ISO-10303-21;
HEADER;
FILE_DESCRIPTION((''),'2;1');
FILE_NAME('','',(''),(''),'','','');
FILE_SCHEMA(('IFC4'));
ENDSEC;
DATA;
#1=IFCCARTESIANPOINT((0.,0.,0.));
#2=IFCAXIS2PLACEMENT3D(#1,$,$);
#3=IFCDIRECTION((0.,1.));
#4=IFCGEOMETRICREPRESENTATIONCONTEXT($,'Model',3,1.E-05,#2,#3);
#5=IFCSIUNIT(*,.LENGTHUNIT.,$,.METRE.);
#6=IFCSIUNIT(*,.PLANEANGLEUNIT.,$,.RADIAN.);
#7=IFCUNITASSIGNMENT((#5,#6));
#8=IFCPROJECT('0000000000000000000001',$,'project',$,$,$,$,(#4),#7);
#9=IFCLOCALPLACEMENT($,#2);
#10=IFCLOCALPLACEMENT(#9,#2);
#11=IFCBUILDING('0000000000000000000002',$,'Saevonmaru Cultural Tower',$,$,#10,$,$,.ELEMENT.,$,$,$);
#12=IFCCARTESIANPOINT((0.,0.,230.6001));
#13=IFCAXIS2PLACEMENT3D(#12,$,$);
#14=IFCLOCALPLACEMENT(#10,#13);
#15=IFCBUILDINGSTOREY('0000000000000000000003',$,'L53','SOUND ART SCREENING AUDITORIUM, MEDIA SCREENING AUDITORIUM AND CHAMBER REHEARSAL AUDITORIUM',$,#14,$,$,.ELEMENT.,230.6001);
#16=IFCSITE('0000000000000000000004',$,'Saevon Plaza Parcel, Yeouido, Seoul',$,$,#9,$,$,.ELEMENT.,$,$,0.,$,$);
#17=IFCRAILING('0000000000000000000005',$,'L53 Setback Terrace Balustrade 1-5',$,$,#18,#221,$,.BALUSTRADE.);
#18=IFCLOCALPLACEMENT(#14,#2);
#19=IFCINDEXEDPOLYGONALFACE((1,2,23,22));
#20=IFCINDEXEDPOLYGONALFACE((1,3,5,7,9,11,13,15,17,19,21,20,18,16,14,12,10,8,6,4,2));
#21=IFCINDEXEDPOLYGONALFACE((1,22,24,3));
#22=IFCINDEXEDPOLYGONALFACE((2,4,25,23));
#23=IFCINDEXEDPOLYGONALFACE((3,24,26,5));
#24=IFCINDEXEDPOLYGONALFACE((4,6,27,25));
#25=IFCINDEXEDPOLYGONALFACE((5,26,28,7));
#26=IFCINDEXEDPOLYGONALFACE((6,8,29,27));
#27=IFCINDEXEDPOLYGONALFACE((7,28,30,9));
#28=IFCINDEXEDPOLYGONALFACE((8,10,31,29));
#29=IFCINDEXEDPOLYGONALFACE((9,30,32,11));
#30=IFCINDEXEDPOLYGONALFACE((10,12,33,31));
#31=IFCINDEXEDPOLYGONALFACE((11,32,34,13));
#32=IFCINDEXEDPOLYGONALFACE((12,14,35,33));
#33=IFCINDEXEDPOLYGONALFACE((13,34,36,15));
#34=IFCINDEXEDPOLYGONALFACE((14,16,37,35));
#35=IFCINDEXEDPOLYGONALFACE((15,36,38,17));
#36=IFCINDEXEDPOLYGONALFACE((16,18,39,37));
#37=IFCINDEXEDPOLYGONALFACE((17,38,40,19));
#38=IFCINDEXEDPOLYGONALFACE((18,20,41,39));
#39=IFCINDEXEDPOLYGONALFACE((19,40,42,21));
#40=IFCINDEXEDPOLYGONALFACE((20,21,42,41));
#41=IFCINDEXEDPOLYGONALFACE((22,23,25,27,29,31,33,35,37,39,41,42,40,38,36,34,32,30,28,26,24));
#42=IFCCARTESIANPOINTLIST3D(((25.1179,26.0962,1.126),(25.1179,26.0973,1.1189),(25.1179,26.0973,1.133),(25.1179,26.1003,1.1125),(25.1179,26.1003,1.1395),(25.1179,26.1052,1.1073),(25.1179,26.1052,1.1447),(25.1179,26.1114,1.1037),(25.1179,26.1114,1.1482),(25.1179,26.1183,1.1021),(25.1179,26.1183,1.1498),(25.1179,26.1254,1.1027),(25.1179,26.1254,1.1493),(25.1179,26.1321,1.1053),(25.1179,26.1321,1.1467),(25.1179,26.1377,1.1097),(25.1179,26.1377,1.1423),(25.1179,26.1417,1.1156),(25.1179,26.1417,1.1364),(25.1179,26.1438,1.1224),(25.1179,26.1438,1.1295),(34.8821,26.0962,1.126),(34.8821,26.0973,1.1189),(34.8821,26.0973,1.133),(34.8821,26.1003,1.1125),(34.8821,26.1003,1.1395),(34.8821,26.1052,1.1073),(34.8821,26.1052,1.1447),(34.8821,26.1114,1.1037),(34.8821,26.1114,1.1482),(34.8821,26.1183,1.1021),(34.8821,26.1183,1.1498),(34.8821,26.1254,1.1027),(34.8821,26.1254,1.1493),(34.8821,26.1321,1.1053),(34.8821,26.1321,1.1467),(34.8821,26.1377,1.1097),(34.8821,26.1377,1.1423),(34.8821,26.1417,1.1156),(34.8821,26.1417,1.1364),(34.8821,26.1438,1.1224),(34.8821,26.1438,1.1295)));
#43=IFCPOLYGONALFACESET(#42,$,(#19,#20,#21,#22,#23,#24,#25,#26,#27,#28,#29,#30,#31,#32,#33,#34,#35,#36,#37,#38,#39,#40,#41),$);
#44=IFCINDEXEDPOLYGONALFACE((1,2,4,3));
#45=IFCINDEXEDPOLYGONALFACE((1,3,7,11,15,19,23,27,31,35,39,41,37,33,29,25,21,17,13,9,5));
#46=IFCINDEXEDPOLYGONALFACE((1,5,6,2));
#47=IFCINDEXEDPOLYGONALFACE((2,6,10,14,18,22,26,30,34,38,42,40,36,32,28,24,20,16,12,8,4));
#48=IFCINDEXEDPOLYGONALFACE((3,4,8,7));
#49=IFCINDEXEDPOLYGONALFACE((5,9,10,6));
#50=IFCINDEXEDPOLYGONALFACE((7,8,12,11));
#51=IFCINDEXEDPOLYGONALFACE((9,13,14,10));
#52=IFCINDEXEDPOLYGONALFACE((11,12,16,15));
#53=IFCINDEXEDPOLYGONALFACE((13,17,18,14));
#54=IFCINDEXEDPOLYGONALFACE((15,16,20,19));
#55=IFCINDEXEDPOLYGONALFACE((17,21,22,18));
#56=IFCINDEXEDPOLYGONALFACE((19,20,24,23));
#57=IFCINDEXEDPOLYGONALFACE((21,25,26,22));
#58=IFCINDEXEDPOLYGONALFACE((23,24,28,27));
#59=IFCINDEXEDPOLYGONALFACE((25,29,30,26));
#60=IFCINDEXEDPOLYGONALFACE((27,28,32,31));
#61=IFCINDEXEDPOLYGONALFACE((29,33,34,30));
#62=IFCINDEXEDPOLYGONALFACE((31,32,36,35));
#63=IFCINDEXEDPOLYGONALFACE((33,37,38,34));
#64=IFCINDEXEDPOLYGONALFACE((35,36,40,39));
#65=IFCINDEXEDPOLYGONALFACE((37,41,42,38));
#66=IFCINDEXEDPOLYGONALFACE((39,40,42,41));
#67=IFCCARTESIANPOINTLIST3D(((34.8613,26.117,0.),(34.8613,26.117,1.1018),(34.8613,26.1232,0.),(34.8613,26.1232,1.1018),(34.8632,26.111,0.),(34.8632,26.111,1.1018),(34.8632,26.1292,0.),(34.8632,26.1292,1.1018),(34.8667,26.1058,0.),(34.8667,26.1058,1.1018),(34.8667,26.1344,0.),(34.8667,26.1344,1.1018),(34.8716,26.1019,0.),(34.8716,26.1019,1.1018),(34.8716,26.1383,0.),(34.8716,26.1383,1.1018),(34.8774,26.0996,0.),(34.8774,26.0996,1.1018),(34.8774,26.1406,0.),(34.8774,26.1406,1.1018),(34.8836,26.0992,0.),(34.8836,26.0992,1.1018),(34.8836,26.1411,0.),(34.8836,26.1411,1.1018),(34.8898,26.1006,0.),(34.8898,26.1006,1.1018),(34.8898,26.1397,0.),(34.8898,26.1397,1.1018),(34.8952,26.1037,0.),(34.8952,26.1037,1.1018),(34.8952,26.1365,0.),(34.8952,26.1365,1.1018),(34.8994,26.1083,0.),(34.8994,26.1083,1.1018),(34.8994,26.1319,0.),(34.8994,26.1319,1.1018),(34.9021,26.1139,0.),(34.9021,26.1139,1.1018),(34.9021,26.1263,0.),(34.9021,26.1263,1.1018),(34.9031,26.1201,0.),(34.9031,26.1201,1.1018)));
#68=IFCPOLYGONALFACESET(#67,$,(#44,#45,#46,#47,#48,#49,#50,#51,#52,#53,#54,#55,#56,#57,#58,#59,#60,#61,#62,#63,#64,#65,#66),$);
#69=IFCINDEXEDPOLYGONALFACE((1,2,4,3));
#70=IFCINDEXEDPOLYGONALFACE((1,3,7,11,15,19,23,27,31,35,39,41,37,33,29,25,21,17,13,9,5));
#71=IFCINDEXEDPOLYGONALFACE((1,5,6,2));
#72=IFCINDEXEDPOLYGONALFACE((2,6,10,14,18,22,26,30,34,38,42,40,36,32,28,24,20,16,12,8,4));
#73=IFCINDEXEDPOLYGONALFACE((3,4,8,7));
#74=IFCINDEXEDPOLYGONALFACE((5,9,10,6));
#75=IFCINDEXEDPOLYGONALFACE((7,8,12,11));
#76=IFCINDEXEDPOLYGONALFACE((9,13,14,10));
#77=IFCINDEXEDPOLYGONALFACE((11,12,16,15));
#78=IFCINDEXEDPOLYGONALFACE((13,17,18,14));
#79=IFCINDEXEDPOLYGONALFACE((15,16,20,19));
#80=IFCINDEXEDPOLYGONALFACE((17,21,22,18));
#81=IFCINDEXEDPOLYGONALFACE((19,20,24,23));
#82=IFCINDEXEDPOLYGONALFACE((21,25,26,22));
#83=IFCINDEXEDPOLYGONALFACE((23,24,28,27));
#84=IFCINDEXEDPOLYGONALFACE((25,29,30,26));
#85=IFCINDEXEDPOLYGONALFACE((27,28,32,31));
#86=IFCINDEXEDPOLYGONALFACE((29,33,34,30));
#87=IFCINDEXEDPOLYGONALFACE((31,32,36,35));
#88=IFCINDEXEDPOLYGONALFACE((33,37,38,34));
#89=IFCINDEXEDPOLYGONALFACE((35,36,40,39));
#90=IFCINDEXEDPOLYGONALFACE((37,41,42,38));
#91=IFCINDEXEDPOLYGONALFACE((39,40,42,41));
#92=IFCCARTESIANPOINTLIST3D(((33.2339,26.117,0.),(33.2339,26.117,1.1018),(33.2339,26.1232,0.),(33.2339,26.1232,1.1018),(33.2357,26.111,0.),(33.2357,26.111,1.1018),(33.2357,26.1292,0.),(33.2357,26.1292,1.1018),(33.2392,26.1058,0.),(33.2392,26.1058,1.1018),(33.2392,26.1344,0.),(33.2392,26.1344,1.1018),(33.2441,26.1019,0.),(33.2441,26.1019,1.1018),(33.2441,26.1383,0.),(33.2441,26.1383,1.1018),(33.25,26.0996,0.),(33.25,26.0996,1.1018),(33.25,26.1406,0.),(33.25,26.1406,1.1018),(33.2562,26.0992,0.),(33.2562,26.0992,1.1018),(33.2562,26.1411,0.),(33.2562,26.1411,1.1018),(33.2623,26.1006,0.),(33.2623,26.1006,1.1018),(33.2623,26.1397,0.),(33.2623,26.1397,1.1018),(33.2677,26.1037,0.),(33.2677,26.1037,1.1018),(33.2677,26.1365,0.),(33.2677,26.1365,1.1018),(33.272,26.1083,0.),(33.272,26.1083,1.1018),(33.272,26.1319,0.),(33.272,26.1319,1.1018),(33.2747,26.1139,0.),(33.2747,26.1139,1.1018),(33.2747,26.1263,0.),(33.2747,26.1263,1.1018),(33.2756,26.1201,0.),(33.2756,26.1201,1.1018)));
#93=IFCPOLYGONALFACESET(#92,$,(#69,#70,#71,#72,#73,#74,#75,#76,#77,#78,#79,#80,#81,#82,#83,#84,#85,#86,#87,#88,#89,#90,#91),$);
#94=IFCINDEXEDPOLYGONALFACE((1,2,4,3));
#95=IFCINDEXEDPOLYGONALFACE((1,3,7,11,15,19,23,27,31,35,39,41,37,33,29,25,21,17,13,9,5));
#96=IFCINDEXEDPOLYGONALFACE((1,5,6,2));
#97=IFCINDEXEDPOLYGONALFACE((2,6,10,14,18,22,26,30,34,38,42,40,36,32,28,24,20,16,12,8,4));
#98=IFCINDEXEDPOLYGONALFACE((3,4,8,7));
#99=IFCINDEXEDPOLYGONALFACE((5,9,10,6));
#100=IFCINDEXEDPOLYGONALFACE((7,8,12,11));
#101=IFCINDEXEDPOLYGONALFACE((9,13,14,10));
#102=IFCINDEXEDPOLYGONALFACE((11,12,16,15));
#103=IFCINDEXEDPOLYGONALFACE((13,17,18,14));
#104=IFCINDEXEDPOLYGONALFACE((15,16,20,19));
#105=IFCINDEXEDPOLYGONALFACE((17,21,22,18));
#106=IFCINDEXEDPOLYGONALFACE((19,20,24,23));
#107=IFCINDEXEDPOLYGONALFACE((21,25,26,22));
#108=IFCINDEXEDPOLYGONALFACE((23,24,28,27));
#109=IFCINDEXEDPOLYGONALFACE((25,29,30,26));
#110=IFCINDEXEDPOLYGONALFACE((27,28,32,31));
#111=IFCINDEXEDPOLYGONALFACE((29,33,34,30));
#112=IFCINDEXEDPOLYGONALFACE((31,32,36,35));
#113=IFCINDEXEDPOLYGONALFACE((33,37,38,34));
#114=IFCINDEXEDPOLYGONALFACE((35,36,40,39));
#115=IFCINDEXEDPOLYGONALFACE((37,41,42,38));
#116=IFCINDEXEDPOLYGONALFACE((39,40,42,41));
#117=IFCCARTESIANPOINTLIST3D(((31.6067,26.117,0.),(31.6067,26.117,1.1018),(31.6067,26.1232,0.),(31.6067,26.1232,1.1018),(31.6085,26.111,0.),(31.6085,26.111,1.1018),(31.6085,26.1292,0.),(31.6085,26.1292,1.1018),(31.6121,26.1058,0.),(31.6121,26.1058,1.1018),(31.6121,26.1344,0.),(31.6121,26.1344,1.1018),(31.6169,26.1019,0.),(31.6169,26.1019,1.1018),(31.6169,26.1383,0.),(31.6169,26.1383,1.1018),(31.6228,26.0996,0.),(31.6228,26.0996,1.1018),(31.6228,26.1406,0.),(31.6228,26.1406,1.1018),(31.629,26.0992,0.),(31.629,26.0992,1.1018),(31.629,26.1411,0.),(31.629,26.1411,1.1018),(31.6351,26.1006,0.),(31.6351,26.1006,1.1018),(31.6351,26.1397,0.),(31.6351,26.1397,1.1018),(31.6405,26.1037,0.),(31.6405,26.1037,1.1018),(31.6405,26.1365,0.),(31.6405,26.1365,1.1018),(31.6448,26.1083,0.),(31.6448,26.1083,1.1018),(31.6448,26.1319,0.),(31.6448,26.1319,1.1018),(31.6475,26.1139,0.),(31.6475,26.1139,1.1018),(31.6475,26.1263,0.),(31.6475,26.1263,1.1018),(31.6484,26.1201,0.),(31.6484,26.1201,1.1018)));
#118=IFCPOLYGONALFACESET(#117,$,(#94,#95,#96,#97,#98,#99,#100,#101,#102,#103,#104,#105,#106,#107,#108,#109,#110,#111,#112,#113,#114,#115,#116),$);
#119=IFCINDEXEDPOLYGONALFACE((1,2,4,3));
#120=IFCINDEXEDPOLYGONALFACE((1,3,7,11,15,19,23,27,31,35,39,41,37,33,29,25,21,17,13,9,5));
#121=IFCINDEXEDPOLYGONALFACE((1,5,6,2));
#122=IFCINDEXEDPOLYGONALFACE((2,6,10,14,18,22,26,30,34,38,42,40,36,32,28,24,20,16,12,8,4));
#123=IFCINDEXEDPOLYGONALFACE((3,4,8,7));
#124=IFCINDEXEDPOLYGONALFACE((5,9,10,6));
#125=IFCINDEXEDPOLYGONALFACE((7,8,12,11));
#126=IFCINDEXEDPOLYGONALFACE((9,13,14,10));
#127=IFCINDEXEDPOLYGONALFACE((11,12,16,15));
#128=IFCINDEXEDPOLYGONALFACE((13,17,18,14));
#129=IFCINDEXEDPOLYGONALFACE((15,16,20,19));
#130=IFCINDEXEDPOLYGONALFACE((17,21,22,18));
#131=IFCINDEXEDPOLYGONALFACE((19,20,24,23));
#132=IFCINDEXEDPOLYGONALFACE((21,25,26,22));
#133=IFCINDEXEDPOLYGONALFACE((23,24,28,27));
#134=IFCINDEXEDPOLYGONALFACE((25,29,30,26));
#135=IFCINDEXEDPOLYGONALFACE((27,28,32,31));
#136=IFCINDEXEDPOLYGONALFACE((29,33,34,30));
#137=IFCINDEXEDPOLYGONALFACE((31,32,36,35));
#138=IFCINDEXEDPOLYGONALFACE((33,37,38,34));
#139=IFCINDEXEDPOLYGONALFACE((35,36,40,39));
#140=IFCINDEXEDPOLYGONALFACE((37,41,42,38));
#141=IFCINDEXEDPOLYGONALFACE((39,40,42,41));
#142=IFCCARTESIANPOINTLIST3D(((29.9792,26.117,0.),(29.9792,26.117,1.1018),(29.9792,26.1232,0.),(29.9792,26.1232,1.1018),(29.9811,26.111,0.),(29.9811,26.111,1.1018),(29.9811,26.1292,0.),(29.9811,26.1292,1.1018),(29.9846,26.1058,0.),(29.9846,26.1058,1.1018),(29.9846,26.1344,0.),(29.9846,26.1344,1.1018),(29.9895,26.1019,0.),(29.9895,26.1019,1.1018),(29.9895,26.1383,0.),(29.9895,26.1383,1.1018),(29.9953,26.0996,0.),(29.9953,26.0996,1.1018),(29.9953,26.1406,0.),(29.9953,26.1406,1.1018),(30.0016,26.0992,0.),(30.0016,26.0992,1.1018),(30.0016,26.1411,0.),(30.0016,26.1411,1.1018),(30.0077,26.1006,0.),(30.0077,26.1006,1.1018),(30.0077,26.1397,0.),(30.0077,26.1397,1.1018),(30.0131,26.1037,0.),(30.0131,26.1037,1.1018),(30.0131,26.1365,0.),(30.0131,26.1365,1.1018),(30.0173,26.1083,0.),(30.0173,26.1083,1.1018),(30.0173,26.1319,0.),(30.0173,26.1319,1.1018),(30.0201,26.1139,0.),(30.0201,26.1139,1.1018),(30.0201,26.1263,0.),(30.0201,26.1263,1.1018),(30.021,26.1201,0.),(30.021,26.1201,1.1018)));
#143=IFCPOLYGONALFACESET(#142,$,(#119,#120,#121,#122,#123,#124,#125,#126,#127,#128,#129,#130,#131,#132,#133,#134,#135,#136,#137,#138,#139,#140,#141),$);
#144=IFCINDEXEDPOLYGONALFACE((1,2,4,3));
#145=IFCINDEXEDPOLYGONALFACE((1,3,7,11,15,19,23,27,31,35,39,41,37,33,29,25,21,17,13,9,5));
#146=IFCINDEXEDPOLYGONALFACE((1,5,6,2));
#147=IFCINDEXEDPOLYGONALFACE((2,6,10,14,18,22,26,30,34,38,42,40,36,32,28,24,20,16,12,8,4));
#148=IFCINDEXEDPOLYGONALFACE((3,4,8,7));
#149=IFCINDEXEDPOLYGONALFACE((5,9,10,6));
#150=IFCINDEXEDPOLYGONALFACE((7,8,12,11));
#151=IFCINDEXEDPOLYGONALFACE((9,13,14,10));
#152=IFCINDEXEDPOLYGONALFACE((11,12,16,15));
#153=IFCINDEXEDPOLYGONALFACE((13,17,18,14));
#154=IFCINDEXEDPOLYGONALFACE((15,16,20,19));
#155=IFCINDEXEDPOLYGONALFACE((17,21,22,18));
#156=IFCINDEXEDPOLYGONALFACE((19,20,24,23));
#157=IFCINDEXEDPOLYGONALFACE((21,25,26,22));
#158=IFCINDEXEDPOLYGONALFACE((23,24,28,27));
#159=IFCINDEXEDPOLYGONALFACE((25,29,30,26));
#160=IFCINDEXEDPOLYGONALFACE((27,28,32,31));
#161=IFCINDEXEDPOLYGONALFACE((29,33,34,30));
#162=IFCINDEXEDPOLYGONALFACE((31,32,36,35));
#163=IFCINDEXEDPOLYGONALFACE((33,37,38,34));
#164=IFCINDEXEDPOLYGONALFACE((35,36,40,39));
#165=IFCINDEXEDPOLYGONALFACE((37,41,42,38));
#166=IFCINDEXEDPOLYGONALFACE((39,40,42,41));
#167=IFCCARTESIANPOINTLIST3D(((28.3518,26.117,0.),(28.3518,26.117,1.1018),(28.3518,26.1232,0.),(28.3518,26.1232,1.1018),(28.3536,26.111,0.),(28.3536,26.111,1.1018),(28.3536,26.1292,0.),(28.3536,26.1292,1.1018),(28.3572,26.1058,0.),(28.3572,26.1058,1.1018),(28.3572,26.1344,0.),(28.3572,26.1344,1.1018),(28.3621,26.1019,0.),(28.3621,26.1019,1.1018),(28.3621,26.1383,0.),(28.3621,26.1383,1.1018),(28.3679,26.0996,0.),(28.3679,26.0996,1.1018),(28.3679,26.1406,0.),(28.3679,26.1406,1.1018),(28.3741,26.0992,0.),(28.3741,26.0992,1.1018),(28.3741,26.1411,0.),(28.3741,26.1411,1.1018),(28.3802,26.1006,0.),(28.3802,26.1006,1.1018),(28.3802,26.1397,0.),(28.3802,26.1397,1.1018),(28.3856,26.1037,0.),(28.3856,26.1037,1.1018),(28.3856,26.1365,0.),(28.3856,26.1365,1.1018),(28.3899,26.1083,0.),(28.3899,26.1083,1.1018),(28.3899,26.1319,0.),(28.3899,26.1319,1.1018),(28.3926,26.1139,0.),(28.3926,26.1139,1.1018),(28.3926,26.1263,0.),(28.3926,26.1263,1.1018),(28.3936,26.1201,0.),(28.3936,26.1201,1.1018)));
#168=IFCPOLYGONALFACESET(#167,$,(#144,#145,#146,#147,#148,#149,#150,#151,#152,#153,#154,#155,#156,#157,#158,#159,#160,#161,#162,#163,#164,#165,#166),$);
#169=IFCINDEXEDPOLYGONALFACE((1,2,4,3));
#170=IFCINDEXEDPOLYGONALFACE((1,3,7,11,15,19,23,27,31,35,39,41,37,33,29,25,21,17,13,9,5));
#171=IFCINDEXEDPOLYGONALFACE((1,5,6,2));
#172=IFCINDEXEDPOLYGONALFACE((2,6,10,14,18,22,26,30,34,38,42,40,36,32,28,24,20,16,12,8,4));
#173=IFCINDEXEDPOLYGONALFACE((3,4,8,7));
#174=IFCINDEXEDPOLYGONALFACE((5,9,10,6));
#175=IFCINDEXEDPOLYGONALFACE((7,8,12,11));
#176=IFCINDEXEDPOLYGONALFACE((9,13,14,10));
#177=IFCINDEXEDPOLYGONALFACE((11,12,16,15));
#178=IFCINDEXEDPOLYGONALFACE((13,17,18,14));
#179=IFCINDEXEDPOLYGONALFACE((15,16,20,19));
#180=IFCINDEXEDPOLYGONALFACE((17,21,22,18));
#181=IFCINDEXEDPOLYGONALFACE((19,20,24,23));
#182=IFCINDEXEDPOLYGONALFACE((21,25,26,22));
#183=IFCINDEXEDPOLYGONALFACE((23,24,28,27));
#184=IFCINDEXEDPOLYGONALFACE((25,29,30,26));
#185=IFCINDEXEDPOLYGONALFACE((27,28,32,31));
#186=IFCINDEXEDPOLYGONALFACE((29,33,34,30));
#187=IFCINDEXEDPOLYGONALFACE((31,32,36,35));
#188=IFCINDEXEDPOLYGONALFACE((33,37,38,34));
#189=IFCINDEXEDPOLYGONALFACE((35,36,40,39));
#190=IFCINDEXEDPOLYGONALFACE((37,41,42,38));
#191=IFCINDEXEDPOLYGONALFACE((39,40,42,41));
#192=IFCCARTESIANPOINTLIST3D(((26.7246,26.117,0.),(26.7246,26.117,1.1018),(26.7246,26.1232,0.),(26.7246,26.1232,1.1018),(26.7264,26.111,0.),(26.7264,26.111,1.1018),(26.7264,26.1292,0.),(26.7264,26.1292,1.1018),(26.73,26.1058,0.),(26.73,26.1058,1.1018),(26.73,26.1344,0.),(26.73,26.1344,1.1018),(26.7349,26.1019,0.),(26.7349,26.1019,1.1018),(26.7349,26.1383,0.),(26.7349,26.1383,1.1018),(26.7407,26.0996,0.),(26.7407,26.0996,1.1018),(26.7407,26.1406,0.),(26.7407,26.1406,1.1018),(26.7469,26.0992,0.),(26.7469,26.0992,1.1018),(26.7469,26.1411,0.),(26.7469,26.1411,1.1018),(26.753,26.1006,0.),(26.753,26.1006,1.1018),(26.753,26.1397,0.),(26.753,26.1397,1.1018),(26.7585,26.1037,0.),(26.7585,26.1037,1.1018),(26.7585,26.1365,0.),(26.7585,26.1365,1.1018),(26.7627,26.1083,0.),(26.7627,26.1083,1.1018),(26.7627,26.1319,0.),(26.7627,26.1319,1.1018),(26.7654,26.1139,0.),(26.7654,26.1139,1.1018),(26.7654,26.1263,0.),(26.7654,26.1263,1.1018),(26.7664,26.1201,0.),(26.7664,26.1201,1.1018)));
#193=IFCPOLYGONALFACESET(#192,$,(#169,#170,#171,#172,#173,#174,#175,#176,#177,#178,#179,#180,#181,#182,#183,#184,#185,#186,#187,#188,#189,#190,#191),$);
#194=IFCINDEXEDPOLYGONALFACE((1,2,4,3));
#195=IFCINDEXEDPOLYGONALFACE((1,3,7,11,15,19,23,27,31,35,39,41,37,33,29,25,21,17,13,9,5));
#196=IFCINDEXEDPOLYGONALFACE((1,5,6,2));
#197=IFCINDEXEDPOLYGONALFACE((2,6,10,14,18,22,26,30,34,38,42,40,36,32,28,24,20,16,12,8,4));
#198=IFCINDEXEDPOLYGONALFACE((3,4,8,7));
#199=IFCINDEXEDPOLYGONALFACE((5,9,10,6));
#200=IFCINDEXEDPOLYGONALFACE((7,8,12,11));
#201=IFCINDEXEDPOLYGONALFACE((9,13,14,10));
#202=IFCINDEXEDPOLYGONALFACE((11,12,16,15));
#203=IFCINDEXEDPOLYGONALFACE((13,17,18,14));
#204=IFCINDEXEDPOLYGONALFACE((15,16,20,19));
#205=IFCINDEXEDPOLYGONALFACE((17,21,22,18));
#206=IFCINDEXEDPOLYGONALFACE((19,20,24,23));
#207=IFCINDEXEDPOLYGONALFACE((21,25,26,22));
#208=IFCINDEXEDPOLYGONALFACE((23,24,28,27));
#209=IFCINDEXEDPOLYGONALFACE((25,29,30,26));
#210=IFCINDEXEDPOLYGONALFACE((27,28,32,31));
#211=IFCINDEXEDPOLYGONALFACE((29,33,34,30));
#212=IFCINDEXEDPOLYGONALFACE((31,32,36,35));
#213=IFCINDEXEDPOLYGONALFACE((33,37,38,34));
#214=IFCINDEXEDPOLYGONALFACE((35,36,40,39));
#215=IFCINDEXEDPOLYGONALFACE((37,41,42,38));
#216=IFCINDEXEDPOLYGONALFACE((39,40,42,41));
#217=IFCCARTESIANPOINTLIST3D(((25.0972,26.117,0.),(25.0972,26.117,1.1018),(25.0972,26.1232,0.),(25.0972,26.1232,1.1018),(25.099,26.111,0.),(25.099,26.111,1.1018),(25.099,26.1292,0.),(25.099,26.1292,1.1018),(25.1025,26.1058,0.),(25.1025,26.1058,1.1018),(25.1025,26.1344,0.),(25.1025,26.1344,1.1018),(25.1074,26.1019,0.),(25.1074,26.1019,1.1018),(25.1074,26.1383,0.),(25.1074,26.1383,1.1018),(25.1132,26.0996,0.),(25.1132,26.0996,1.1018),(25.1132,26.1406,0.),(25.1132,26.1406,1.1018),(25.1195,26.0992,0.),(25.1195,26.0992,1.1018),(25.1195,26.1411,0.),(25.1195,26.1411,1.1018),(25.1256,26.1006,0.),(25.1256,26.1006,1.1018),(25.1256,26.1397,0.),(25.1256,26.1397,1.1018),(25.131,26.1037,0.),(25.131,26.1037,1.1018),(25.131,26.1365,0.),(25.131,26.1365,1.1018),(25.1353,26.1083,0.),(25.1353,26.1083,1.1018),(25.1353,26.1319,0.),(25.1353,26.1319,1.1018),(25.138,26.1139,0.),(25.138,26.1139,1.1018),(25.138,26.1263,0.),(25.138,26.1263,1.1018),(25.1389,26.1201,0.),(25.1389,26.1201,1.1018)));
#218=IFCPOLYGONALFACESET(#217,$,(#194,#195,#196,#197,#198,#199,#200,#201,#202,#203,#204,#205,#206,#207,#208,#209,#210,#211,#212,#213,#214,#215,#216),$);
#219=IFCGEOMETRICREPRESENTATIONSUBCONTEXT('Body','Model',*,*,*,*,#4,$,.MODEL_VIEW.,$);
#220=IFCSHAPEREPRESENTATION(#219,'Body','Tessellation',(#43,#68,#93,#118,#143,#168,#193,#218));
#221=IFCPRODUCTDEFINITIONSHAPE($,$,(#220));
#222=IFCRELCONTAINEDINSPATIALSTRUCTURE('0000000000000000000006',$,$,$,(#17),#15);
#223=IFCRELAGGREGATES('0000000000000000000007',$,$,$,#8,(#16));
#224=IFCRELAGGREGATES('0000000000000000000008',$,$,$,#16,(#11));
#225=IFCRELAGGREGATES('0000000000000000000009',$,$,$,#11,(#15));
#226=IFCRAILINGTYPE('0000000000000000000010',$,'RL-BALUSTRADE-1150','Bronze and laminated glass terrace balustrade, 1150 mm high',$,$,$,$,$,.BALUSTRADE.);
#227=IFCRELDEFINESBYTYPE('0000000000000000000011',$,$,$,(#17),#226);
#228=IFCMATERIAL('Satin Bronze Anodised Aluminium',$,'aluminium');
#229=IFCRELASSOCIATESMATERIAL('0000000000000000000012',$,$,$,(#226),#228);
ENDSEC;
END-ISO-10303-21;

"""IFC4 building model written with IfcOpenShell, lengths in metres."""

from ifc_helpers import new_model, si_unit, direction, frame, origin, origin_2d, place, context, subcontext, project, spatial, circle, extrude, material, type_object, element, save


model = new_model("IFC4")

# Units and contexts
model_context = context("Model", 3, precision=1e-05, world=origin(), true_north=direction((0.0, 1.0)))
body_context = subcontext(model_context, "Body", "Model", "MODEL_VIEW")
ifc_project = project(units=[si_unit("LENGTHUNIT", "METRE"), si_unit("PLANEANGLEUNIT", "RADIAN")], contexts=[model_context])

# Site, building, storey
site_placement = place(None, origin())
site = spatial("IfcSite", under=ifc_project, at=site_placement, Name="Saevon Plaza Parcel, Yeouido, Seoul", CompositionType="ELEMENT", RefElevation=0.0)
building_placement = place(site_placement, origin())
building = spatial("IfcBuilding", under=site, at=building_placement, Name="Saevonmaru Cultural Tower", CompositionType="ELEMENT")
storey_placement = place(building_placement, frame((0.0, 0.0, 230.6001)))
storey = spatial("IfcBuildingStorey", under=building, at=storey_placement, Name="L53", Description="SOUND ART SCREENING AUDITORIUM, MEDIA SCREENING AUDITORIUM AND CHAMBER REHEARSAL AUDITORIUM", CompositionType="ELEMENT", Elevation=230.6001)

# Shared definitions
ifc_material_1 = material(Name="Satin Bronze Anodised Aluminium", Category="aluminium")

# Railing
railing_type = type_object("IfcRailingType", Name="RL-BALUSTRADE-1150", Description="Bronze and laminated glass terrace balustrade, 1150 mm high", PredefinedType="BALUSTRADE", material=ifc_material_1)
railing_1_placement = place(storey_placement, frame((34.8821, 26.1201, 0.0)))
element("IfcRailing", 1, at=railing_1_placement, inside=storey, type_object=railing_type, Name="L53 Setback Terrace Balustrade 1-5", PredefinedType="BALUSTRADE", context=body_context, shape_type="SweptSolid", body=[
    extrude(circle(Radius=0.0239, at=origin_2d()), frame((0.0, 0.0, 1.126), z_axis=(-1.0, 0.0, 0.0), x_axis=(0.0, -1.0, 0.0)), (0.0, 0.0, 1.0), 9.7642),
    extrude(circle(Radius=0.021, at=origin_2d()), origin(), (0.0, 0.0, 1.0), 1.1018),
    extrude(circle(Radius=0.021, at=origin_2d()), frame((-1.6274, 0.0, 0.0)), (0.0, 0.0, 1.0), 1.1018),
    extrude(circle(Radius=0.021, at=origin_2d()), frame((-3.2546, 0.0, 0.0)), (0.0, 0.0, 1.0), 1.1018),
    extrude(circle(Radius=0.021, at=origin_2d()), frame((-4.8821, 0.0, 0.0)), (0.0, 0.0, 1.0), 1.1018),
    extrude(circle(Radius=0.021, at=origin_2d()), frame((-6.5095, 0.0, 0.0)), (0.0, 0.0, 1.0), 1.1018),
    extrude(circle(Radius=0.021, at=origin_2d()), frame((-8.1367, 0.0, 0.0)), (0.0, 0.0, 1.0), 1.1018),
    extrude(circle(Radius=0.021, at=origin_2d()), frame((-9.7642, 0.0, 0.0)), (0.0, 0.0, 1.0), 1.1018),
])

save(model, "model.ifc")
